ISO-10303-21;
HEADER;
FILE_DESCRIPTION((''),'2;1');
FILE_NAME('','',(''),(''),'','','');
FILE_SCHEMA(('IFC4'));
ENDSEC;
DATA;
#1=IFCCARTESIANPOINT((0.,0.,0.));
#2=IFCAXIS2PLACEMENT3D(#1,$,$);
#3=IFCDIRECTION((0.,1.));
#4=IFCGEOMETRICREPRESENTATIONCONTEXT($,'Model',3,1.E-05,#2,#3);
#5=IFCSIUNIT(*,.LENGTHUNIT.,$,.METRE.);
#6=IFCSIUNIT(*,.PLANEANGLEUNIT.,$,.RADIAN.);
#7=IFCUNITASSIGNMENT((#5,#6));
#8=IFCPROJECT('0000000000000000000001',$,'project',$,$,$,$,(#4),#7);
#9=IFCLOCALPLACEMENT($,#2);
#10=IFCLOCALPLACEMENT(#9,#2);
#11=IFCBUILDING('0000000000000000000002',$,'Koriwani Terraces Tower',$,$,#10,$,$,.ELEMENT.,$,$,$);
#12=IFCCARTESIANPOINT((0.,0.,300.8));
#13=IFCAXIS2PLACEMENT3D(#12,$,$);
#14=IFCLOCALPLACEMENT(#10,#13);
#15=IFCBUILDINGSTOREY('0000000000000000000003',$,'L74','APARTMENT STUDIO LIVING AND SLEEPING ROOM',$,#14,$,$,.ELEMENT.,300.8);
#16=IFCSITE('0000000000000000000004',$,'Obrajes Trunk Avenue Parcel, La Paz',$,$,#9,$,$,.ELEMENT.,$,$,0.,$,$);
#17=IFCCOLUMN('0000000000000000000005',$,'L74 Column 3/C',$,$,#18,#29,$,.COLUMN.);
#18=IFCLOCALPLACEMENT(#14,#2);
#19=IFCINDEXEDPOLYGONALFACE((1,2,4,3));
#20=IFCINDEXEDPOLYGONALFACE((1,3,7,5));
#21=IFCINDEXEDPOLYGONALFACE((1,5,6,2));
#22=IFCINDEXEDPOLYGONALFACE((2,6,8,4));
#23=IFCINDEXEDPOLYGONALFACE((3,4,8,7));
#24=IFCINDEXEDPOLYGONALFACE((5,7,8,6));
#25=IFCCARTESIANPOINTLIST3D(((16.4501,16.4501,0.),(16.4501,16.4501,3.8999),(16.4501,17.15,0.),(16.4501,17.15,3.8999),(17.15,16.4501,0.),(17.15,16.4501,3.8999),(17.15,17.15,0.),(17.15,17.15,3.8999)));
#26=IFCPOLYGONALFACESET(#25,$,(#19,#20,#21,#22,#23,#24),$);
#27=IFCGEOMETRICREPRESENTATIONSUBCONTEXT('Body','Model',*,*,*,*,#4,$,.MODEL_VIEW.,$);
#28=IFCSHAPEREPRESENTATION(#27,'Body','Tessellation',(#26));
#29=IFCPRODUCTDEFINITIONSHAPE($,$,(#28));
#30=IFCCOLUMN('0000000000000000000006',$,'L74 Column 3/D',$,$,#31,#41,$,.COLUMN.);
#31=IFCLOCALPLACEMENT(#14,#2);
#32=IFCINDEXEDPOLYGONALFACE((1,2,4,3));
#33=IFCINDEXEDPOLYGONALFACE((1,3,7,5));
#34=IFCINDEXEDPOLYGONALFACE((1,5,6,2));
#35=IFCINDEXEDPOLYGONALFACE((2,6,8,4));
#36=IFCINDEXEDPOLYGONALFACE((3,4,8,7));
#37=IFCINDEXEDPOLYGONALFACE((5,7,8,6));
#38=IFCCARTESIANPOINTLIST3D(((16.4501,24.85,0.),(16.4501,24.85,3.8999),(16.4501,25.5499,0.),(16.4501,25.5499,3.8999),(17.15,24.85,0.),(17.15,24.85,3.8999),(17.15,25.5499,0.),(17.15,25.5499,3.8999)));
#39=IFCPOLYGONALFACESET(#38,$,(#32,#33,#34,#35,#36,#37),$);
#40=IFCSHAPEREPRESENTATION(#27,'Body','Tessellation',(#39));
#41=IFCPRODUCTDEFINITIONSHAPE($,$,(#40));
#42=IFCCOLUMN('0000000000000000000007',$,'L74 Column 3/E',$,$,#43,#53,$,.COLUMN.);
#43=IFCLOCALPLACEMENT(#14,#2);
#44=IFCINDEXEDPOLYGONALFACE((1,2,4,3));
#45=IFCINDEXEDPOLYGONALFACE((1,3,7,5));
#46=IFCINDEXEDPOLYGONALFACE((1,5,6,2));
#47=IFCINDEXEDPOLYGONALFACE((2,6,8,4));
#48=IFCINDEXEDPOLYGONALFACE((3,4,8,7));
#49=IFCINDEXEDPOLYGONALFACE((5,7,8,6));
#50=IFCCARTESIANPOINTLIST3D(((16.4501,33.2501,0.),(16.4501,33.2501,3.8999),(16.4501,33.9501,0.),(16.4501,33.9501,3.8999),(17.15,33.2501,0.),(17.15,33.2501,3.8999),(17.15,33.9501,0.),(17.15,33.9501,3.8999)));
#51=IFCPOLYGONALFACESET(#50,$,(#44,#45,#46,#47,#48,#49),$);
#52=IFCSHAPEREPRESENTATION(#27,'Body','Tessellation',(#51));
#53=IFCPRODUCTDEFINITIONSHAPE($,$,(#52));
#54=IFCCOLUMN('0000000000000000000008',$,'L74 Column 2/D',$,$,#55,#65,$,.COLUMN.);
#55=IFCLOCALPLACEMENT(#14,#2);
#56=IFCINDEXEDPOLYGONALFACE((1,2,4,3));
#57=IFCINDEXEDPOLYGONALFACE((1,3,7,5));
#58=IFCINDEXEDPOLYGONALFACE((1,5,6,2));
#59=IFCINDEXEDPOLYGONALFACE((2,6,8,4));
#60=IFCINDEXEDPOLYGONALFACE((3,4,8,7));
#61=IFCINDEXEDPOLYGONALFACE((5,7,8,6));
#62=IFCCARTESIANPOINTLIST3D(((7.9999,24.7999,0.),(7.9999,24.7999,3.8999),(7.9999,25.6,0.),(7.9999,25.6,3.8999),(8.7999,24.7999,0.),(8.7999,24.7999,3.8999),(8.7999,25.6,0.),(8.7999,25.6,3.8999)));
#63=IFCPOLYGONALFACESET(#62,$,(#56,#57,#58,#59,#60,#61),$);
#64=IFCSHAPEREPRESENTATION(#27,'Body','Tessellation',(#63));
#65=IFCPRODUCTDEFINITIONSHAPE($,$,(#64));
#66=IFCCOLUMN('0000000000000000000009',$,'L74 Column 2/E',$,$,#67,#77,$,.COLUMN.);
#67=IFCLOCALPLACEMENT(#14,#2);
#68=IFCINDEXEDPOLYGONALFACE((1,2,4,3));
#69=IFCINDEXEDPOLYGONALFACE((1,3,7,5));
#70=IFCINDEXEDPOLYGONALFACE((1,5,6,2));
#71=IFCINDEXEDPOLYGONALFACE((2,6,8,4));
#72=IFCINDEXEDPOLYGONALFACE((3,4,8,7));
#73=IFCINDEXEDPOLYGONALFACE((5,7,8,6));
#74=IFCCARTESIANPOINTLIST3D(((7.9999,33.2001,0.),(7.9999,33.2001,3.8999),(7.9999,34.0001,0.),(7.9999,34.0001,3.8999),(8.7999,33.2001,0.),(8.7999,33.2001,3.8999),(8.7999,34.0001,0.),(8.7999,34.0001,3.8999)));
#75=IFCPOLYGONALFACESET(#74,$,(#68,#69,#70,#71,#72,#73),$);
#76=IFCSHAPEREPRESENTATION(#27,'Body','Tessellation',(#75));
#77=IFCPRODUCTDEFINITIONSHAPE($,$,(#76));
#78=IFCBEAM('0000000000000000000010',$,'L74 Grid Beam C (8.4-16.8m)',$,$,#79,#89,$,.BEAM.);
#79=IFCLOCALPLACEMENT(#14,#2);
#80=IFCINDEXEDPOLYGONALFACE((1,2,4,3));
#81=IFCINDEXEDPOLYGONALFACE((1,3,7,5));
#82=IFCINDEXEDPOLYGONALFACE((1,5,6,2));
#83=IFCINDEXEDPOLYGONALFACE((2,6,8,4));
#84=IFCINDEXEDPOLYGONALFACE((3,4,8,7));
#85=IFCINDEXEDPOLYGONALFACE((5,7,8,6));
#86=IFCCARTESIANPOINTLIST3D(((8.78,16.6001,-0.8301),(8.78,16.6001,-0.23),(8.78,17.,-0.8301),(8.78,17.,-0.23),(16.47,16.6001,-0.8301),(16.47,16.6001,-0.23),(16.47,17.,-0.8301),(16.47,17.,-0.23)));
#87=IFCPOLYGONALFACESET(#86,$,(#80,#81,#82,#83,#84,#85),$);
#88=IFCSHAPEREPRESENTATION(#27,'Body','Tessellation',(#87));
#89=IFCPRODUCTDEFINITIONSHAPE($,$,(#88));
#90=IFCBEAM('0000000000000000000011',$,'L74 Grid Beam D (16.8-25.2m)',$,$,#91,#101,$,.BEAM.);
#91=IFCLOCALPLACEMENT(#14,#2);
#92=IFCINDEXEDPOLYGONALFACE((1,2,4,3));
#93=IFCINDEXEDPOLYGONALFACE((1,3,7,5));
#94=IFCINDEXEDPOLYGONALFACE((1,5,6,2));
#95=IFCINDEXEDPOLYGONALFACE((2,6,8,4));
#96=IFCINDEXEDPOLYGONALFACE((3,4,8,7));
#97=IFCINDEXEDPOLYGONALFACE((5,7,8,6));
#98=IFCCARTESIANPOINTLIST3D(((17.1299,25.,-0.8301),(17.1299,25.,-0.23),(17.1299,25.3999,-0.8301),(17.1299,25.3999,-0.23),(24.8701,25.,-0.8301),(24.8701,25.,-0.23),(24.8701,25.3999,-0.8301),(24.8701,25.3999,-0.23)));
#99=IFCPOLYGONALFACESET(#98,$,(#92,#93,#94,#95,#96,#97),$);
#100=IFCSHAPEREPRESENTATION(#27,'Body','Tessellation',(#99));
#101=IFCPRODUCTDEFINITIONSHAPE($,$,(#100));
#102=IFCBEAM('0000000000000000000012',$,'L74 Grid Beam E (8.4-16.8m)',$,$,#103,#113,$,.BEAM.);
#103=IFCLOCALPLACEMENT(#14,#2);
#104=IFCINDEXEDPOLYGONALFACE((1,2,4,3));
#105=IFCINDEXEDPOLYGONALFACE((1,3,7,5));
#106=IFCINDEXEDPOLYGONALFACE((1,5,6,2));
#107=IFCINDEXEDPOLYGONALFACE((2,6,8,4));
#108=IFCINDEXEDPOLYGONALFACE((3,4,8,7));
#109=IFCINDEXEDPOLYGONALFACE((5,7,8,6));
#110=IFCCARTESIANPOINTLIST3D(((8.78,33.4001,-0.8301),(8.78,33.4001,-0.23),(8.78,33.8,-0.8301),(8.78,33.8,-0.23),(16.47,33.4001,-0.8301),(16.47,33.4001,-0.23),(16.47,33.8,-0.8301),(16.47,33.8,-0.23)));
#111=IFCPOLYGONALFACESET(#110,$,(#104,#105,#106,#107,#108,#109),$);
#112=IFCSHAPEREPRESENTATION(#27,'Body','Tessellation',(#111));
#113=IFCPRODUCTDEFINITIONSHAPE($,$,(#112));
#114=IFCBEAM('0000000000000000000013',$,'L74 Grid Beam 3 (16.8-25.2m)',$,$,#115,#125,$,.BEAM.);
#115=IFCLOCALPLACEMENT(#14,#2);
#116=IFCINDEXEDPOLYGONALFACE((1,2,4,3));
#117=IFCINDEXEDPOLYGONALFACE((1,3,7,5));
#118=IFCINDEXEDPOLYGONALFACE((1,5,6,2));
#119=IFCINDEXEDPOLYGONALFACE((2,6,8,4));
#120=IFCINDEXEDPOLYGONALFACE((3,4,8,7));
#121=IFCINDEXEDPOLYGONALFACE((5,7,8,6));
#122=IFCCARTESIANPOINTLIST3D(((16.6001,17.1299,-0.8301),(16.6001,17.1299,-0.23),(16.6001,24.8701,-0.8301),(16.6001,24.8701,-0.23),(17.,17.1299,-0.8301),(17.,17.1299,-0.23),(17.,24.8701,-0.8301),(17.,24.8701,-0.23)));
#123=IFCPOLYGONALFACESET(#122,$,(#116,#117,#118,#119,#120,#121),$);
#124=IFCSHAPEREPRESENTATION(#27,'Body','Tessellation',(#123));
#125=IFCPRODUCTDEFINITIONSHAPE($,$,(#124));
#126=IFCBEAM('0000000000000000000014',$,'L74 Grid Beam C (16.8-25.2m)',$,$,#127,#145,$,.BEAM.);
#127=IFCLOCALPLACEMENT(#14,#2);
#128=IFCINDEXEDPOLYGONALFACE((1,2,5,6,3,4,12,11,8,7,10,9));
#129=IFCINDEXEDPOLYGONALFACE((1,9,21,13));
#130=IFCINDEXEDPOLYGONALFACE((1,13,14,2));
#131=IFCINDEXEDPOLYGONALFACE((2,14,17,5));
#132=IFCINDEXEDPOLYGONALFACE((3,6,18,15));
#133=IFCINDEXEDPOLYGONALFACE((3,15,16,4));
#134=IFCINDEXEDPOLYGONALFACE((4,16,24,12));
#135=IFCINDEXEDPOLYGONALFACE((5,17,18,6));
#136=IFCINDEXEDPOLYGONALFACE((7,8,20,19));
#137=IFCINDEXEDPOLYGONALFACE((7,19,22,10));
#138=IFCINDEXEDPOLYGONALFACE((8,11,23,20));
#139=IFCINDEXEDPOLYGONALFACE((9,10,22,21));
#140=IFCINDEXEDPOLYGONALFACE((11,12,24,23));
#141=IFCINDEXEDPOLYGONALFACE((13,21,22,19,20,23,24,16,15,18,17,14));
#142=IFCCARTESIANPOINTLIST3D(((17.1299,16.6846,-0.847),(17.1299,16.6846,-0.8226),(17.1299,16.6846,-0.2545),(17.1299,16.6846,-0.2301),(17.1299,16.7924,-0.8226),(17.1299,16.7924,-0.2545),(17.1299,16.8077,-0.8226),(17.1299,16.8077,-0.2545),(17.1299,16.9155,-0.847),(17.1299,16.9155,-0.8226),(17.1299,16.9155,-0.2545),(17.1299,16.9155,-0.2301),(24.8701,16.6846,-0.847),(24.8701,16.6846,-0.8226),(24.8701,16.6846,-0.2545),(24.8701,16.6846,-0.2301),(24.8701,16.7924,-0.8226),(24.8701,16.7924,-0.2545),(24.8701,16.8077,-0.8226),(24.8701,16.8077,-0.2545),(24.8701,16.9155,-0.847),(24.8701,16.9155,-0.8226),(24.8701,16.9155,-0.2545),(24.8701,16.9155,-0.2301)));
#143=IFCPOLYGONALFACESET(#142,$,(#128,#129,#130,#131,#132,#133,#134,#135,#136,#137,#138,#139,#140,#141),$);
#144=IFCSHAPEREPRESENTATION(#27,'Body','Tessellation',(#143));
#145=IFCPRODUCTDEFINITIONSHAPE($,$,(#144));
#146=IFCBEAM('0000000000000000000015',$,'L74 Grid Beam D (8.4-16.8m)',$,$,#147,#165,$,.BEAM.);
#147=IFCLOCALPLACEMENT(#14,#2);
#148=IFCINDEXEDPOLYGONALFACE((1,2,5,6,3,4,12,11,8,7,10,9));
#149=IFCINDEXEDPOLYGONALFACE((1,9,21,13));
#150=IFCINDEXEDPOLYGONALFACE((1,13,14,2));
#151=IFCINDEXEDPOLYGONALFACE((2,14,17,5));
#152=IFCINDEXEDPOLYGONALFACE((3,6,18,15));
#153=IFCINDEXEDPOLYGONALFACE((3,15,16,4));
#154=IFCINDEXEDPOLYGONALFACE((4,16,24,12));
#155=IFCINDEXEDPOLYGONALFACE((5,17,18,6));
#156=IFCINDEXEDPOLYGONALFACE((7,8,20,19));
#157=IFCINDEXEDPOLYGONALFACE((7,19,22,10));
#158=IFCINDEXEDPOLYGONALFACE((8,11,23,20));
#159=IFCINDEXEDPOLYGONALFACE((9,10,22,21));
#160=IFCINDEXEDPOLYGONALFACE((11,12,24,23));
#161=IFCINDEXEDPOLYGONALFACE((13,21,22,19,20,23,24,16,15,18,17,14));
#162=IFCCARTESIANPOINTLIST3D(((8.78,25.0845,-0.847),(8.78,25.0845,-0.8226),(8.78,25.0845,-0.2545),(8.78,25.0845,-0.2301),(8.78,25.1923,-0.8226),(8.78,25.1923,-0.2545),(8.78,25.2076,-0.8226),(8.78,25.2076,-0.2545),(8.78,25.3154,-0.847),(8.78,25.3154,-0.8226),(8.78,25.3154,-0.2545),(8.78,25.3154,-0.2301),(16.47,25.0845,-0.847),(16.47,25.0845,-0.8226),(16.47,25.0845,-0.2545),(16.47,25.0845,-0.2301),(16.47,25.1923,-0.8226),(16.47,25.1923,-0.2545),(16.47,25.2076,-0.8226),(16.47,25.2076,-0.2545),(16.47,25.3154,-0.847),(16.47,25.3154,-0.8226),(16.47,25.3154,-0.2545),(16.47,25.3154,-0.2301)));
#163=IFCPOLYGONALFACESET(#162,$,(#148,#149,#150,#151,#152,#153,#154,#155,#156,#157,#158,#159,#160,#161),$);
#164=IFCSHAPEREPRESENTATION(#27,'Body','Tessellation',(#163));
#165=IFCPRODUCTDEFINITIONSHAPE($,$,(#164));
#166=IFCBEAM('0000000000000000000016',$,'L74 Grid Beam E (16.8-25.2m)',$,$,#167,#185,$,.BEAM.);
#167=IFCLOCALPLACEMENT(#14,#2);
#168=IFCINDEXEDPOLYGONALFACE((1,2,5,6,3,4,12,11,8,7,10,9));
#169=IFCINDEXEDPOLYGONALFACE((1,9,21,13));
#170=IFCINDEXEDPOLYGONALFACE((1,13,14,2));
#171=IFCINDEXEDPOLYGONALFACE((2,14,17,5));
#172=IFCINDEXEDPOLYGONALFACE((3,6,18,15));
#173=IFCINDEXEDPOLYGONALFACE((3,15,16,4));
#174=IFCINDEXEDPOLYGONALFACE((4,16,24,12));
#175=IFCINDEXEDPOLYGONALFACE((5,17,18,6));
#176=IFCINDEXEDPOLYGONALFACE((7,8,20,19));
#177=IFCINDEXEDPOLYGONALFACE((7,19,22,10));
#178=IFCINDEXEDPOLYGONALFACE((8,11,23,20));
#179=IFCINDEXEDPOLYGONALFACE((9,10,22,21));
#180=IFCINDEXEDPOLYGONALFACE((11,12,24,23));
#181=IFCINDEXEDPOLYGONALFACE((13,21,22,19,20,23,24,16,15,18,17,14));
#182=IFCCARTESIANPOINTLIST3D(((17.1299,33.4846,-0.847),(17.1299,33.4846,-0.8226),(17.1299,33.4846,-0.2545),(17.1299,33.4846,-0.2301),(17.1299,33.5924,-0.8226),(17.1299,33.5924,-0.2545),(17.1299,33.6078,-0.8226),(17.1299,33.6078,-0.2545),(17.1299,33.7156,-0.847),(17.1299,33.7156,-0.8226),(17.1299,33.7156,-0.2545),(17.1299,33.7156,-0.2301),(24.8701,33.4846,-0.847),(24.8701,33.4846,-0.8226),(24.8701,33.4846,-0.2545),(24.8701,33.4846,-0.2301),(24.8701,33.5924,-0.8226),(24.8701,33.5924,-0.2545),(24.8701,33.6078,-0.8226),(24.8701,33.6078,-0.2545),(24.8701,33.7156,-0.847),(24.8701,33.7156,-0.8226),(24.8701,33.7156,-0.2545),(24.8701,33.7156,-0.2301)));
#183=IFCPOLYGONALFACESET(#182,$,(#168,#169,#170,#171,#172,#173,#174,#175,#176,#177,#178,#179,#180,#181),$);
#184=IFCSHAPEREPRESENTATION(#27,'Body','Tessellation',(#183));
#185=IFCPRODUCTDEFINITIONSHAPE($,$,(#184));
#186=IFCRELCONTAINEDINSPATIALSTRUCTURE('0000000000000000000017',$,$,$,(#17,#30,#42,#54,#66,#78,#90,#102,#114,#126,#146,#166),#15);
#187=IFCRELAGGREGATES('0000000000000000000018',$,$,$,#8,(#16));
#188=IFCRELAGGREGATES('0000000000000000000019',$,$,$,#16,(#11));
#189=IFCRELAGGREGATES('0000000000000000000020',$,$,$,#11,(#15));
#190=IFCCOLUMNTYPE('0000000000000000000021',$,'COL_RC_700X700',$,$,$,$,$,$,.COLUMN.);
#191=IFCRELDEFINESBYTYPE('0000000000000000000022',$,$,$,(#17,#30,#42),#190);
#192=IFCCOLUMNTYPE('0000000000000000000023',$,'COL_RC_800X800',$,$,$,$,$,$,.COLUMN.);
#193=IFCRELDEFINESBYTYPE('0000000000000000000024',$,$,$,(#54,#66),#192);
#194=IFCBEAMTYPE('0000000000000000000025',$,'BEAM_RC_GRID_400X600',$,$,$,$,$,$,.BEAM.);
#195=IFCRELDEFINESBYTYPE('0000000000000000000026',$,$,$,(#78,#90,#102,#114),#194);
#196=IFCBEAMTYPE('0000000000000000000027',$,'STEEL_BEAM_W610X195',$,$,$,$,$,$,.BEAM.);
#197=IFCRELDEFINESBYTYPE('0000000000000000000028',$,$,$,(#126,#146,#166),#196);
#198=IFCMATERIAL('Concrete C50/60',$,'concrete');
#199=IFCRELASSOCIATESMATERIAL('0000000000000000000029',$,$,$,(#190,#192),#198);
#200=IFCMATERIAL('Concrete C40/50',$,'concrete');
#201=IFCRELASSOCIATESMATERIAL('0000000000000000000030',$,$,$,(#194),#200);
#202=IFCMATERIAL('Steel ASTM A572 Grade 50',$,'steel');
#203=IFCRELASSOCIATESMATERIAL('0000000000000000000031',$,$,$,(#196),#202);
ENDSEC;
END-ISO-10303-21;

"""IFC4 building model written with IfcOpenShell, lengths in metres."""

from ifc_helpers import new_model, si_unit, direction, frame, origin, origin_2d, place, context, subcontext, project, spatial, rectangle, i_section, extrude, material, material_profile, profile_set, type_object, element, save


model = new_model("IFC4")

# Units and contexts
model_context = context("Model", 3, precision=1e-05, world=origin(), true_north=direction((0.0, 1.0)))
body_context = subcontext(model_context, "Body", "Model", "MODEL_VIEW")
ifc_project = project(units=[si_unit("LENGTHUNIT", "METRE"), si_unit("PLANEANGLEUNIT", "RADIAN")], contexts=[model_context])

# Site, building, storey
site_placement = place(None, origin())
site = spatial("IfcSite", under=ifc_project, at=site_placement, Name="Obrajes Trunk Avenue Parcel, La Paz", CompositionType="ELEMENT", RefElevation=0.0)
building_placement = place(site_placement, origin())
building = spatial("IfcBuilding", under=site, at=building_placement, Name="Koriwani Terraces Tower", CompositionType="ELEMENT")
storey_placement = place(building_placement, frame((0.0, 0.0, 300.8)))
storey = spatial("IfcBuildingStorey", under=building, at=storey_placement, Name="L74", Description="APARTMENT STUDIO LIVING AND SLEEPING ROOM", CompositionType="ELEMENT", Elevation=300.8)

# Columns
ifc_material_1 = material(Name="Concrete C50/60", Category="concrete")
ifc_material_profile_1 = material_profile(ifc_material_1, rectangle(XDim=0.7, YDim=0.7, at=origin_2d()), Name="Concrete C50/60", Category="LoadBearing")
ifc_profile_set_1 = profile_set([ifc_material_profile_1], Name="Concrete C50/60")
column_type_1 = type_object("IfcColumnType", Name="COL_RC_700X700", PredefinedType="COLUMN", material=ifc_profile_set_1)
for number, where, z_axis, x_axis, name in (
    (1, (16.8, 16.8, 0.0), (0.0, 0.0, 1.0), (1.0, 0.0, 0.0), "L74 Column 3/C"),
    (2, (16.8, 25.2, 0.0), (0.0, 0.0, 1.0), (1.0, 0.0, 0.0), "L74 Column 3/D"),
    (3, (16.8, 33.6001, 0.0), (0.0, 0.0, 1.0), (1.0, 0.0, 0.0), "L74 Column 3/E"),
):
    element("IfcColumn", number, at=place(storey_placement, frame(where, z_axis=z_axis, x_axis=x_axis)), inside=storey, type_object=column_type_1, Name=name, PredefinedType="COLUMN", context=body_context, shape_type="SweptSolid", body=[
        extrude(rectangle(XDim=0.7, YDim=0.7, at=origin_2d()), origin(), (0.0, 0.0, 1.0), 3.8999),
    ])
ifc_material_profile_2 = material_profile(ifc_material_1, rectangle(XDim=0.8, YDim=0.8, at=origin_2d()), Name="Concrete C50/60", Category="LoadBearing")
ifc_profile_set_2 = profile_set([ifc_material_profile_2], Name="Concrete C50/60")
column_type_2 = type_object("IfcColumnType", Name="COL_RC_800X800", PredefinedType="COLUMN", material=ifc_profile_set_2)
for number, where, z_axis, x_axis, name in (
    (4, (8.3999, 25.2, 0.0), (0.0, 0.0, 1.0), (1.0, 0.0, 0.0), "L74 Column 2/D"),
    (5, (8.3999, 33.6001, 0.0), (0.0, 0.0, 1.0), (1.0, 0.0, 0.0), "L74 Column 2/E"),
):
    element("IfcColumn", number, at=place(storey_placement, frame(where, z_axis=z_axis, x_axis=x_axis)), inside=storey, type_object=column_type_2, Name=name, PredefinedType="COLUMN", context=body_context, shape_type="SweptSolid", body=[
        extrude(rectangle(XDim=0.8, YDim=0.8, at=origin_2d()), origin(), (0.0, 0.0, 1.0), 3.8999),
    ])

# Beams
ifc_material_2 = material(Name="Concrete C40/50", Category="concrete")
ifc_material_profile_3 = material_profile(ifc_material_2, rectangle(XDim=0.3999, YDim=0.6001, at=origin_2d()), Name="Concrete C40/50", Category="LoadBearing")
ifc_profile_set_3 = profile_set([ifc_material_profile_3], Name="Concrete C40/50")
beam_type_1 = type_object("IfcBeamType", Name="BEAM_RC_GRID_400X600", PredefinedType="BEAM", material=ifc_profile_set_3)
beam_1_placement = place(storey_placement, frame((8.78, 16.8, -0.53), z_axis=(1.0, 0.0, 0.0), x_axis=(0.0, 1.0, 0.0)))
element("IfcBeam", 6, at=beam_1_placement, inside=storey, type_object=beam_type_1, Name="L74 Grid Beam C (8.4-16.8m)", PredefinedType="BEAM", context=body_context, shape_type="SweptSolid", body=[
    extrude(rectangle(XDim=0.3999, YDim=0.6001, at=origin_2d()), origin(), (0.0, 0.0, 1.0), 7.6899),
])
beam_2_placement = place(storey_placement, frame((17.1299, 25.2, -0.53), z_axis=(1.0, 0.0, 0.0), x_axis=(0.0, 1.0, 0.0)))
element("IfcBeam", 7, at=beam_2_placement, inside=storey, type_object=beam_type_1, Name="L74 Grid Beam D (16.8-25.2m)", PredefinedType="BEAM", context=body_context, shape_type="SweptSolid", body=[
    extrude(rectangle(XDim=0.3999, YDim=0.6001, at=origin_2d()), origin(), (0.0, 0.0, 1.0), 7.7402),
])
beam_3_placement = place(storey_placement, frame((8.78, 33.6001, -0.53), z_axis=(1.0, 0.0, 0.0), x_axis=(0.0, 1.0, 0.0)))
element("IfcBeam", 8, at=beam_3_placement, inside=storey, type_object=beam_type_1, Name="L74 Grid Beam E (8.4-16.8m)", PredefinedType="BEAM", context=body_context, shape_type="SweptSolid", body=[
    extrude(rectangle(XDim=0.3999, YDim=0.6001, at=origin_2d()), origin(), (0.0, 0.0, 1.0), 7.6899),
])
beam_4_placement = place(storey_placement, frame((16.8, 17.1299, -0.53), z_axis=(0.0, 1.0, 0.0), x_axis=(-1.0, 0.0, 0.0)))
element("IfcBeam", 9, at=beam_4_placement, inside=storey, type_object=beam_type_1, Name="L74 Grid Beam 3 (16.8-25.2m)", PredefinedType="BEAM", context=body_context, shape_type="SweptSolid", body=[
    extrude(rectangle(XDim=0.3999, YDim=0.6001, at=origin_2d()), origin(), (0.0, 0.0, 1.0), 7.7402),
])
ifc_material_3 = material(Name="Steel ASTM A572 Grade 50", Category="steel")
ifc_material_profile_4 = material_profile(ifc_material_3, i_section(OverallWidth=0.231, OverallDepth=0.6169, WebThickness=0.0154, FlangeThickness=0.0244, at=origin_2d()), Name="Steel ASTM A572 Grade 50", Category="LoadBearing")
ifc_profile_set_4 = profile_set([ifc_material_profile_4], Name="Steel ASTM A572 Grade 50")
beam_type_2 = type_object("IfcBeamType", Name="STEEL_BEAM_W610X195", PredefinedType="BEAM", material=ifc_profile_set_4)
beam_5_placement = place(storey_placement, frame((17.1299, 16.8, -0.5386), z_axis=(1.0, 0.0, 0.0), x_axis=(0.0, 1.0, 0.0)))
element("IfcBeam", 10, at=beam_5_placement, inside=storey, type_object=beam_type_2, Name="L74 Grid Beam C (16.8-25.2m)", PredefinedType="BEAM", context=body_context, shape_type="SweptSolid", body=[
    extrude(i_section(OverallWidth=0.231, OverallDepth=0.6169, WebThickness=0.0154, FlangeThickness=0.0244, at=origin_2d()), origin(), (0.0, 0.0, 1.0), 7.7402),
])
beam_6_placement = place(storey_placement, frame((8.78, 25.2, -0.5386), z_axis=(1.0, 0.0, 0.0), x_axis=(0.0, 1.0, 0.0)))
element("IfcBeam", 11, at=beam_6_placement, inside=storey, type_object=beam_type_2, Name="L74 Grid Beam D (8.4-16.8m)", PredefinedType="BEAM", context=body_context, shape_type="SweptSolid", body=[
    extrude(i_section(OverallWidth=0.231, OverallDepth=0.6169, WebThickness=0.0154, FlangeThickness=0.0244, at=origin_2d()), origin(), (0.0, 0.0, 1.0), 7.6899),
])
beam_7_placement = place(storey_placement, frame((17.1299, 33.6001, -0.5386), z_axis=(1.0, 0.0, 0.0), x_axis=(0.0, 1.0, 0.0)))
element("IfcBeam", 12, at=beam_7_placement, inside=storey, type_object=beam_type_2, Name="L74 Grid Beam E (16.8-25.2m)", PredefinedType="BEAM", context=body_context, shape_type="SweptSolid", body=[
    extrude(i_section(OverallWidth=0.231, OverallDepth=0.6169, WebThickness=0.0154, FlangeThickness=0.0244, at=origin_2d()), origin(), (0.0, 0.0, 1.0), 7.7402),
])

save(model, "model.ifc")
